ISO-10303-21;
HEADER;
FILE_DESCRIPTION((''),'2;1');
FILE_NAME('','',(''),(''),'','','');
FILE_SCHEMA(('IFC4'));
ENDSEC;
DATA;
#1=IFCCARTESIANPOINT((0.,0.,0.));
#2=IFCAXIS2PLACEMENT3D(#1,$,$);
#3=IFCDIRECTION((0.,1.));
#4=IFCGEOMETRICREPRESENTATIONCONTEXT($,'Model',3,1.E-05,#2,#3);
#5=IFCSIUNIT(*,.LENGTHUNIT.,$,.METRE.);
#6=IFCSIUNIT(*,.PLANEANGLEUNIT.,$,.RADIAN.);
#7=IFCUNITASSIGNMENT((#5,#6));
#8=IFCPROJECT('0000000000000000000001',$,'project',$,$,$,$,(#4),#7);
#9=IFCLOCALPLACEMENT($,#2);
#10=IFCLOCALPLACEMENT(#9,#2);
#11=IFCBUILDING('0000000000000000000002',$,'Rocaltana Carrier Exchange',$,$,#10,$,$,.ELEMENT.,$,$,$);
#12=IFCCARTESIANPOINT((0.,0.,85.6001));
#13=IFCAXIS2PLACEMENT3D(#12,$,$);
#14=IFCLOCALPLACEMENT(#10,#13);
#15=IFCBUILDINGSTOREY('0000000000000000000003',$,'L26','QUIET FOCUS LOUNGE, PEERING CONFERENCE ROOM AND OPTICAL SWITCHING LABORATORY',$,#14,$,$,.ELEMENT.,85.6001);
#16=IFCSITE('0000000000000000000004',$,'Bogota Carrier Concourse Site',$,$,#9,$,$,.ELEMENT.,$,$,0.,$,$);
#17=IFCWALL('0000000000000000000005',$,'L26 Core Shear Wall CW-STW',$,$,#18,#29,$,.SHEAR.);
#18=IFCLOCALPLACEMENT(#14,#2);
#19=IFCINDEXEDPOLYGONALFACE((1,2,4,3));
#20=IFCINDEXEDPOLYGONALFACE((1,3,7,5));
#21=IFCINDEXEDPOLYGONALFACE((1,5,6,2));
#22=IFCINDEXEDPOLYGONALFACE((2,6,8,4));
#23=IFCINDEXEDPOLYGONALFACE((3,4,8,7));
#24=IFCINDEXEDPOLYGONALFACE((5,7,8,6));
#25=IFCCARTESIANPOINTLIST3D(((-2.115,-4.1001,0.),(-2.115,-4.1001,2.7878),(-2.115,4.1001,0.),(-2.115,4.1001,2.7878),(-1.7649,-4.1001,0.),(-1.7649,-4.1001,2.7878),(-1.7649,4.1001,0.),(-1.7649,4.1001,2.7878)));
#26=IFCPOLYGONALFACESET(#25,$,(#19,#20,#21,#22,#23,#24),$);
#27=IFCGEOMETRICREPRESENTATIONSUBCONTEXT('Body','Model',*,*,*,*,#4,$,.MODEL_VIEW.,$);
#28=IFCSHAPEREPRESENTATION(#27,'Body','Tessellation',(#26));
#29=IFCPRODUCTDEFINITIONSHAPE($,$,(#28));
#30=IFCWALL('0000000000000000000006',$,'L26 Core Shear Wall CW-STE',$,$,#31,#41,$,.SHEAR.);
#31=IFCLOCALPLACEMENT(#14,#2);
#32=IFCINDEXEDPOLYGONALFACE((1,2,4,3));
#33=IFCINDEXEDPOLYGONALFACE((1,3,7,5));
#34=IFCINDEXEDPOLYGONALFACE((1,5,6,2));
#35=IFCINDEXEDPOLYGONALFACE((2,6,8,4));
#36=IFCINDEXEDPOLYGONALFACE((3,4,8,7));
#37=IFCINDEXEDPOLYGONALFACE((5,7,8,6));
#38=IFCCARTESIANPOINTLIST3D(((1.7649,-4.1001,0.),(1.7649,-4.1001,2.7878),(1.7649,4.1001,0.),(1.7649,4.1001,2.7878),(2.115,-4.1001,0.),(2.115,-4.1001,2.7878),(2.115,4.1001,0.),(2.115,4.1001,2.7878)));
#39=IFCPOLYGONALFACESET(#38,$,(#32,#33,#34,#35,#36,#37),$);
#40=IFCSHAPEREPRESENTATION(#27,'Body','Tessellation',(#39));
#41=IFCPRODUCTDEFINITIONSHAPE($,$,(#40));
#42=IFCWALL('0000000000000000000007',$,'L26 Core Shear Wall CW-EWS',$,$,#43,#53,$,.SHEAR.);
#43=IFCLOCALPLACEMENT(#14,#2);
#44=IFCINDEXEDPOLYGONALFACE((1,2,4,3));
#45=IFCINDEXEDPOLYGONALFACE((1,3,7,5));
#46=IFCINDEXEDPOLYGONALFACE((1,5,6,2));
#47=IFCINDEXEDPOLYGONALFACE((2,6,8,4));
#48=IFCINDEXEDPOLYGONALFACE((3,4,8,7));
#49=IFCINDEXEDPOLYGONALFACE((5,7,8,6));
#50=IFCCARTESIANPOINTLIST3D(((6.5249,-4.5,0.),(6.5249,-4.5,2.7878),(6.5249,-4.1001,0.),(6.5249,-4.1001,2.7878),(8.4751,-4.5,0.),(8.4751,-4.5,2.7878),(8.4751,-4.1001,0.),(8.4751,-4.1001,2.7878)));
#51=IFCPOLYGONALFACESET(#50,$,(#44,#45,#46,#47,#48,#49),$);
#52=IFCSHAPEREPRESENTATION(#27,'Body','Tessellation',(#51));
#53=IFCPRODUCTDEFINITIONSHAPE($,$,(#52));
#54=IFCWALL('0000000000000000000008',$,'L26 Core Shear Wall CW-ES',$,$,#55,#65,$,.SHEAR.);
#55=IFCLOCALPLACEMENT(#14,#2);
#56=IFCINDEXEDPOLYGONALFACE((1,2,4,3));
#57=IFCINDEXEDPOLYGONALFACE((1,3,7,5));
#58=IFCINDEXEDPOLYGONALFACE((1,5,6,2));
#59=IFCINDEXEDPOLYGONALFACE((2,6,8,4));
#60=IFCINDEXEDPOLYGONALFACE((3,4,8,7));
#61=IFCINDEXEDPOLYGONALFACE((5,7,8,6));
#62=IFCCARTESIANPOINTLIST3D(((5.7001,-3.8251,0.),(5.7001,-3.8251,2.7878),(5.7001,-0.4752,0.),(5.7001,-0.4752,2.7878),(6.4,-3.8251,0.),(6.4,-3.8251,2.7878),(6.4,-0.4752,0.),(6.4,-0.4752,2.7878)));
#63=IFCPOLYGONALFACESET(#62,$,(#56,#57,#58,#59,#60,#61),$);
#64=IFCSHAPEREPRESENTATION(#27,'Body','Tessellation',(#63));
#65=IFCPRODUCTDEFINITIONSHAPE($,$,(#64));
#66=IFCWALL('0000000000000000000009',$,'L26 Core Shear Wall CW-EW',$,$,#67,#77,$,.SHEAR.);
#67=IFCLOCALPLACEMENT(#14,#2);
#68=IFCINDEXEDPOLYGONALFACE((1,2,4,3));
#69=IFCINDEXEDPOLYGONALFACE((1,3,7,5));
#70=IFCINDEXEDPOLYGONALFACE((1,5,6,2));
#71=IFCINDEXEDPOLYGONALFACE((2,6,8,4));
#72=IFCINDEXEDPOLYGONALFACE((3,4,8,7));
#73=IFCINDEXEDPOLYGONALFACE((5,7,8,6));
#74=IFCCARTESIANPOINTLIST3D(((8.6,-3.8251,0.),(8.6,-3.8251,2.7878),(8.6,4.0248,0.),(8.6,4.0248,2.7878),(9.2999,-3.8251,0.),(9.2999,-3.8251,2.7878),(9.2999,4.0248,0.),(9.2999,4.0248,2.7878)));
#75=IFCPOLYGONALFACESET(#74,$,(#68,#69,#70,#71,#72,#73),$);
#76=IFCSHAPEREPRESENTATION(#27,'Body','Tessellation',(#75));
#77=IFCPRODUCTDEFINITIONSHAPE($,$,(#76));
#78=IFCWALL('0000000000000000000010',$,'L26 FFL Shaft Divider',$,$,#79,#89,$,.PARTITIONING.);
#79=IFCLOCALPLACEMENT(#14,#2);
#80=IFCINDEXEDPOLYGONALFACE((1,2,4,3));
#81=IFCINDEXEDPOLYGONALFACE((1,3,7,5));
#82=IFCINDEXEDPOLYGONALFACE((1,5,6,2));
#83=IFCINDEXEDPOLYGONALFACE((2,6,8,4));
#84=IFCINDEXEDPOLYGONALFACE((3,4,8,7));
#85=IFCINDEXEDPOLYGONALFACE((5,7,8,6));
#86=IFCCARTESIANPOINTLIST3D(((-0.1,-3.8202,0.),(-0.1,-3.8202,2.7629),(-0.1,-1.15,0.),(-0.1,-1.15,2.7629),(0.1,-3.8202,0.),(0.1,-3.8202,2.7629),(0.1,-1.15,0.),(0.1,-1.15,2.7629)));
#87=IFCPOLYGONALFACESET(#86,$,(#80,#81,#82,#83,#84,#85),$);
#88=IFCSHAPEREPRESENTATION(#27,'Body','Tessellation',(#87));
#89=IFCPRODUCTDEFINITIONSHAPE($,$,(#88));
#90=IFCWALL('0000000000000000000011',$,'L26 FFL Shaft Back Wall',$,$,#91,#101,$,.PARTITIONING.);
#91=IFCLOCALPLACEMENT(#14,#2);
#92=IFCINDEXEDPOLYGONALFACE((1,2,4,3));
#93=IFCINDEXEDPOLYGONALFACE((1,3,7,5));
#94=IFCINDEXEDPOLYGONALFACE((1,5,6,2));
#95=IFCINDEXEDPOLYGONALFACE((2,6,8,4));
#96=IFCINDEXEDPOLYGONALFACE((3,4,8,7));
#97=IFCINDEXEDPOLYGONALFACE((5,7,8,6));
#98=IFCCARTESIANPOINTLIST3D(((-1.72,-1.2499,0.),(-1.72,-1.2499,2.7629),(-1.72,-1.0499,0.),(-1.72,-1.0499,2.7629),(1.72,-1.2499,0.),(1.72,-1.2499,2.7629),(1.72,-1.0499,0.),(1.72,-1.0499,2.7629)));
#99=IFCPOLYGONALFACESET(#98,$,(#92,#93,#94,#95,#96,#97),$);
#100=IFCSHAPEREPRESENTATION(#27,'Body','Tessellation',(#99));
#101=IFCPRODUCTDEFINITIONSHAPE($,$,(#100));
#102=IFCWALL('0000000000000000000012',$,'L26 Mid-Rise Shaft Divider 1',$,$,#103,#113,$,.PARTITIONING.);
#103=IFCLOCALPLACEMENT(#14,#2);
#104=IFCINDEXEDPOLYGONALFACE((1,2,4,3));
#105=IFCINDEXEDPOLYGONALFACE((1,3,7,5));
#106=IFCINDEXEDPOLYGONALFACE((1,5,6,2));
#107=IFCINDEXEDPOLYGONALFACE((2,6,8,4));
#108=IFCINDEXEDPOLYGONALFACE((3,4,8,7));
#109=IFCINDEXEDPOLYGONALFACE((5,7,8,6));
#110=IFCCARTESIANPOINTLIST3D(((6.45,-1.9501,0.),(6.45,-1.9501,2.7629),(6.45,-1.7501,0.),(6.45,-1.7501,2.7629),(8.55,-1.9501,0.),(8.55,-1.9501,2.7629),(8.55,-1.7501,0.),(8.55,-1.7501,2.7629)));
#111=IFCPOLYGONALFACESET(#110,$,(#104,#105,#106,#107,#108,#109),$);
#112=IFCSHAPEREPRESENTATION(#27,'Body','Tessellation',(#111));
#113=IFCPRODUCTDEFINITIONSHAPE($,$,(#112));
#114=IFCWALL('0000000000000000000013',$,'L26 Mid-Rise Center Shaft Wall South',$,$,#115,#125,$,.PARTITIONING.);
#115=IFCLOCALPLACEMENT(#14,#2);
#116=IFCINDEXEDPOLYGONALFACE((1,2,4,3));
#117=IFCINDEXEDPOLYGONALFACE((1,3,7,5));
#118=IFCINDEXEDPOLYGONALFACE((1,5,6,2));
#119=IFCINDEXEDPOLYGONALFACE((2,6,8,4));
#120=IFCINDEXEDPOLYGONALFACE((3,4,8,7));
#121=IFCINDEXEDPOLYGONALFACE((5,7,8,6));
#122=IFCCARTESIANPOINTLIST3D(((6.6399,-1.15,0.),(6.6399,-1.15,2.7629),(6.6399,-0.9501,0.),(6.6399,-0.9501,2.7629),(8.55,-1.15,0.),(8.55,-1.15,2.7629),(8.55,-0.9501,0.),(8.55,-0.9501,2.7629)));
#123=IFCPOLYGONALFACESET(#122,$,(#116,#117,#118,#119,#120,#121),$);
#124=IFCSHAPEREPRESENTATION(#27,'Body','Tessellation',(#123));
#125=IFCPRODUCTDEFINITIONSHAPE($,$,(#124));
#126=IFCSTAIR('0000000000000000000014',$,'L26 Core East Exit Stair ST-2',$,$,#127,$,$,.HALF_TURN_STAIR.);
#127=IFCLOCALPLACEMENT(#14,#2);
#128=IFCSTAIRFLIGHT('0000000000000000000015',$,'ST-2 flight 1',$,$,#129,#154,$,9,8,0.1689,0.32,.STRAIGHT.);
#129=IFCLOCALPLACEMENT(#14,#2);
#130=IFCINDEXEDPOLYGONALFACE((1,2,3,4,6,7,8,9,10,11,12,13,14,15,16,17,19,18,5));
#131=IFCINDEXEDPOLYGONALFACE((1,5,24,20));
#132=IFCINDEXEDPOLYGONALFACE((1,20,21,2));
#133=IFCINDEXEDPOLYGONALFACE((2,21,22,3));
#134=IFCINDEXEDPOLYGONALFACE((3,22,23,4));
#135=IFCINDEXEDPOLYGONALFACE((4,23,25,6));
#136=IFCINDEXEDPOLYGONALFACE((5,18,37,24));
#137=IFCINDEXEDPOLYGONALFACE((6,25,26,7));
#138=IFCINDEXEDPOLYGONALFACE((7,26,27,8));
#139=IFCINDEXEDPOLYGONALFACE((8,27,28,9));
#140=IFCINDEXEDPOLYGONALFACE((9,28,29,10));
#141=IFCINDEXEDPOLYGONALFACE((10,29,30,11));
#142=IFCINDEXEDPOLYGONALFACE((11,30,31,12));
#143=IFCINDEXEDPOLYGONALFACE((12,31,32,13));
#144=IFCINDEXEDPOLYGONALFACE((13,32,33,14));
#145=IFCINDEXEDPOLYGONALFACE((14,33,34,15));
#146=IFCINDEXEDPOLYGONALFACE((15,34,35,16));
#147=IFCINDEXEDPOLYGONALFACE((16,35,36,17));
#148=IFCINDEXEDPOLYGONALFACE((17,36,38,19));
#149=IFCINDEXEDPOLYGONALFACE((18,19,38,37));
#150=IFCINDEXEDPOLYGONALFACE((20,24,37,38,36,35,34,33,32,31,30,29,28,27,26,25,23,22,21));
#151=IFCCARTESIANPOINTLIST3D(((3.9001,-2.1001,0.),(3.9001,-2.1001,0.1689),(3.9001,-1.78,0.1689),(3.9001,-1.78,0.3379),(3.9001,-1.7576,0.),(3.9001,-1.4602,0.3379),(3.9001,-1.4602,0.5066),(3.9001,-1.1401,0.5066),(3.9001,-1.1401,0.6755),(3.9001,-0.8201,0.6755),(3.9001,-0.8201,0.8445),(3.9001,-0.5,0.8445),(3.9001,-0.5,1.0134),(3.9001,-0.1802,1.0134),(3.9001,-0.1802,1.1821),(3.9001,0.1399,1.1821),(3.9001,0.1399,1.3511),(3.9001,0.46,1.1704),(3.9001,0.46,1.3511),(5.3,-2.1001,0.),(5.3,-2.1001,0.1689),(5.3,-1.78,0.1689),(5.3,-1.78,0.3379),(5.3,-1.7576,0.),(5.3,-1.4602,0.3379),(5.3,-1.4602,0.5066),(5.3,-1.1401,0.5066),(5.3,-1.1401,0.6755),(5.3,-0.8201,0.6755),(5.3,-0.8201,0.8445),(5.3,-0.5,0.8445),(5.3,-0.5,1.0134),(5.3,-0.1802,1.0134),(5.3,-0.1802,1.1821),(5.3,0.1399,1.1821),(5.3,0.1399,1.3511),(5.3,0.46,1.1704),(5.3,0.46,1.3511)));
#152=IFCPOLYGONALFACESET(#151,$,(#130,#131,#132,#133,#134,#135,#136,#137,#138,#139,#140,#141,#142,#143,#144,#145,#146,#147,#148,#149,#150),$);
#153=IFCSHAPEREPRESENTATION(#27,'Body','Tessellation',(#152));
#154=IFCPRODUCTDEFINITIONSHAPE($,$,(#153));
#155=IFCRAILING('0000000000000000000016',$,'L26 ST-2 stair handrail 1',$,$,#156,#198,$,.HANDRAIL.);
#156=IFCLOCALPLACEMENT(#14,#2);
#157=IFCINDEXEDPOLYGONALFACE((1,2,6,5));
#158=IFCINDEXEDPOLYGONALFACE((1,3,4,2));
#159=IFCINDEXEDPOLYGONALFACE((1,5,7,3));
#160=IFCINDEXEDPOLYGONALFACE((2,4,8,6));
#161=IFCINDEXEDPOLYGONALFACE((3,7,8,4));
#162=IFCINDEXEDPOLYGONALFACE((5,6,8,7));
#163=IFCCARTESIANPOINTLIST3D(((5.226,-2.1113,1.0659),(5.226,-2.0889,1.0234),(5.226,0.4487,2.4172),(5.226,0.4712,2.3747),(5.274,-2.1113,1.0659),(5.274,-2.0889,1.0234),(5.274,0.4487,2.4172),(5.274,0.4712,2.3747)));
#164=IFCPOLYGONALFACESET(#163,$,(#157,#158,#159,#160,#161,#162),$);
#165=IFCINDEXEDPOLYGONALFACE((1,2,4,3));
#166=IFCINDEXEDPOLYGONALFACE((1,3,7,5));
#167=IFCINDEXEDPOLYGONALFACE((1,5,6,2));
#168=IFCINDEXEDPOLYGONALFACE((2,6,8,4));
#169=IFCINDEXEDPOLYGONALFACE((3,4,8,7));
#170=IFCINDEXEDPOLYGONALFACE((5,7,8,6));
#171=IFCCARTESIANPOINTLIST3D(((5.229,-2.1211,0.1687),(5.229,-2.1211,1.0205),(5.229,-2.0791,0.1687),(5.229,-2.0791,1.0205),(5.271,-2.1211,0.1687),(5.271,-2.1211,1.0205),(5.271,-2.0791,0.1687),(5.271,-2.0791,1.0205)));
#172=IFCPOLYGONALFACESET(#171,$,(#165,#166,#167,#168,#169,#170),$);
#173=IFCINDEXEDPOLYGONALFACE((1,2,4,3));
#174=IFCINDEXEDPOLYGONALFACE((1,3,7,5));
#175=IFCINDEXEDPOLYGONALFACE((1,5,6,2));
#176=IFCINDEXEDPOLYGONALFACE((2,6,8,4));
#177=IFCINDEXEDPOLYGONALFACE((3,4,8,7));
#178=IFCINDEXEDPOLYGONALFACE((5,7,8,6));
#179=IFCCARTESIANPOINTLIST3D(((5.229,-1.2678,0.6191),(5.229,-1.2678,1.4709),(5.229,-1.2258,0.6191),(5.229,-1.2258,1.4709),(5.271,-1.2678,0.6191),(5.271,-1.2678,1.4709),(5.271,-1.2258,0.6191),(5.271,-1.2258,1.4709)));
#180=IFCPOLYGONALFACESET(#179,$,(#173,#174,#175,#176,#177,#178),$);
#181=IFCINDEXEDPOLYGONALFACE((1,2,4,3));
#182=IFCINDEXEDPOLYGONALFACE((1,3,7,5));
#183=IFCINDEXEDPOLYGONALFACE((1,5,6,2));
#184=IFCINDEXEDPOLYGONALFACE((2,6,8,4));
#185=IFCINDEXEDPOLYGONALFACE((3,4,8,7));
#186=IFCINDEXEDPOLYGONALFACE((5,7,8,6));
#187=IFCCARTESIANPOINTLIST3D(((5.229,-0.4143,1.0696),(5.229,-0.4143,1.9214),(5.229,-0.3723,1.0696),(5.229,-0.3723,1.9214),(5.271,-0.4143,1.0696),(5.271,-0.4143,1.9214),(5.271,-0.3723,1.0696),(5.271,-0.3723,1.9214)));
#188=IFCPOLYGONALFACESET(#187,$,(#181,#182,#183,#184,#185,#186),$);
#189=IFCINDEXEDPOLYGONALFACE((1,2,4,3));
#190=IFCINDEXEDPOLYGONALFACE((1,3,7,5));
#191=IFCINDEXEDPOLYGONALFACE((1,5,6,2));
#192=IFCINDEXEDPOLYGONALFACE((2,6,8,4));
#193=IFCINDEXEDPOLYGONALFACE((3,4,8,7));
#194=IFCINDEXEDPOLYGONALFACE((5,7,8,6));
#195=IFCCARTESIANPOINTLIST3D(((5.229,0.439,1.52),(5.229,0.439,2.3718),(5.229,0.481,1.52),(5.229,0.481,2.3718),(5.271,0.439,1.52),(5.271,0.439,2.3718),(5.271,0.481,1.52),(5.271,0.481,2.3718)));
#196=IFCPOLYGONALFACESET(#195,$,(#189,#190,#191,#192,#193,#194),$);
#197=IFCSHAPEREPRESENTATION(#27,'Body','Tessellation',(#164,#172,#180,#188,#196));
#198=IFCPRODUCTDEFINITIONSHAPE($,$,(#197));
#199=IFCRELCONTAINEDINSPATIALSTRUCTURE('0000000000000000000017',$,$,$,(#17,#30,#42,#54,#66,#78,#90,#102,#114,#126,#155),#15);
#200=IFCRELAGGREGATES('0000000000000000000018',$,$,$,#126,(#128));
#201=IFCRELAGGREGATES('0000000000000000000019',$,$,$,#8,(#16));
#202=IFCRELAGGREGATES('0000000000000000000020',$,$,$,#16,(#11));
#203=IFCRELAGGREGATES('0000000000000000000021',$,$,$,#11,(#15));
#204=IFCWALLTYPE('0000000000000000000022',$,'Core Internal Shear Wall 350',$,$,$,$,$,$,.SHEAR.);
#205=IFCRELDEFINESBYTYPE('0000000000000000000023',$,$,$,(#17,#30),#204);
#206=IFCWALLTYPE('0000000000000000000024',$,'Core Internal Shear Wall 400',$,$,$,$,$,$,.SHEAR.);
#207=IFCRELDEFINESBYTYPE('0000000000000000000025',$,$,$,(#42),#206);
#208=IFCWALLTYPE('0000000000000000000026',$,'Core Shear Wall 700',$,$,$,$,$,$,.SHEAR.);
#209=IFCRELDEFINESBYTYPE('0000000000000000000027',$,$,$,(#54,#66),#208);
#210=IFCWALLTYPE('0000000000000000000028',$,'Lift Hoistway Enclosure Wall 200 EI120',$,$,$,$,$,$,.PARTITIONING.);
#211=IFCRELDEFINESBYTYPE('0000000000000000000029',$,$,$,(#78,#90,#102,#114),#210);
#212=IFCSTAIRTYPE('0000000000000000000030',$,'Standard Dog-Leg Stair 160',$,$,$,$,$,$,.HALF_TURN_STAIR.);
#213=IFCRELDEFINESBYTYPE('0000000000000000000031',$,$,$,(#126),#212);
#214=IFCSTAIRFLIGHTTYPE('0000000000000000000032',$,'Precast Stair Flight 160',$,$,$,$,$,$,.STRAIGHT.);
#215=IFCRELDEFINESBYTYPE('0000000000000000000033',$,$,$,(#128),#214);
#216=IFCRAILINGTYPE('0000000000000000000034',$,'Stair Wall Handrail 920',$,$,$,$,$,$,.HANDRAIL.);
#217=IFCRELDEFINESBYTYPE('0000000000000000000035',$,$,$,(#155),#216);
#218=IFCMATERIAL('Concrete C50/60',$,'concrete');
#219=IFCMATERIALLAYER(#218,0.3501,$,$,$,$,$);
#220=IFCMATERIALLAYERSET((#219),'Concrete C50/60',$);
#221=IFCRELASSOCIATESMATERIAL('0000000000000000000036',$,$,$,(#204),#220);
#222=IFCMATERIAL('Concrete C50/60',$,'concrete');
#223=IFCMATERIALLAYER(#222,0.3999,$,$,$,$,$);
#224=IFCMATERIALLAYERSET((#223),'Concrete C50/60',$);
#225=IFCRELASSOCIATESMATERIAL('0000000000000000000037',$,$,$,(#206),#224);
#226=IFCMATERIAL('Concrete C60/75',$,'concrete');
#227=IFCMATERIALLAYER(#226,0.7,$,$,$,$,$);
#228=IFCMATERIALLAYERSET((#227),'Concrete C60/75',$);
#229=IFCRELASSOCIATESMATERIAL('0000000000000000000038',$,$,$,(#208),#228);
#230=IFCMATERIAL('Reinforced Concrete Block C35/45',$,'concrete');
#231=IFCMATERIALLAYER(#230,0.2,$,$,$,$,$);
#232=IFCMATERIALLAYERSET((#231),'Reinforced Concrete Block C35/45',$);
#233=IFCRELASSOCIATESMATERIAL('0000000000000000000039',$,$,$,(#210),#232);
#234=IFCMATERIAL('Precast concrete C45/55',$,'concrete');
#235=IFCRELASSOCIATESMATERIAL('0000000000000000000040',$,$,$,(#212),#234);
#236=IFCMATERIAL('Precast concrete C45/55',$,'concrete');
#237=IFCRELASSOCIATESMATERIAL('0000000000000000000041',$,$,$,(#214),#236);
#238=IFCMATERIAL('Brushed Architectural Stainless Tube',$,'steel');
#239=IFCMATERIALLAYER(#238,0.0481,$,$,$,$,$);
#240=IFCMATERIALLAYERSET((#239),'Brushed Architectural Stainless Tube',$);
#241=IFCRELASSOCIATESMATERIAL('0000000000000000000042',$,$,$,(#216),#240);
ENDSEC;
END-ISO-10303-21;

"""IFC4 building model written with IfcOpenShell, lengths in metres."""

from ifc_helpers import new_model, si_unit, direction, frame, frame_2d, origin, origin_2d, place, context, subcontext, project, spatial, polyline, rectangle, outline, extrude, material, layer, layer_set, type_object, element, aggregate, save


model = new_model("IFC4")

# Units and contexts
model_context = context("Model", 3, precision=1e-05, world=origin(), true_north=direction((0.0, 1.0)))
body_context = subcontext(model_context, "Body", "Model", "MODEL_VIEW")
ifc_project = project(units=[si_unit("LENGTHUNIT", "METRE"), si_unit("PLANEANGLEUNIT", "RADIAN")], contexts=[model_context])

# Site, building, storey
site_placement = place(None, origin())
site = spatial("IfcSite", under=ifc_project, at=site_placement, Name="Bogota Carrier Concourse Site", CompositionType="ELEMENT", RefElevation=0.0)
building_placement = place(site_placement, origin())
building = spatial("IfcBuilding", under=site, at=building_placement, Name="Rocaltana Carrier Exchange", CompositionType="ELEMENT")
storey_placement = place(building_placement, frame((0.0, 0.0, 85.6001)))
storey = spatial("IfcBuildingStorey", under=building, at=storey_placement, Name="L26", Description="QUIET FOCUS LOUNGE, PEERING CONFERENCE ROOM AND OPTICAL SWITCHING LABORATORY", CompositionType="ELEMENT", Elevation=85.6001)

# Walls
ifc_material_1 = material(Name="Concrete C50/60", Category="concrete")
ifc_layer_1 = layer(ifc_material_1, 0.3501)
ifc_layer_set_1 = layer_set([ifc_layer_1], Name="Concrete C50/60")
wall_type_1 = type_object("IfcWallType", Name="Core Internal Shear Wall 350", PredefinedType="SHEAR", material=ifc_layer_set_1)
for number, where, z_axis, x_axis, name in (
    (1, (-1.9399, -4.1001, 0.0), (0.0, 0.0, 1.0), (0.0, 1.0, 0.0), "L26 Core Shear Wall CW-STW"),
    (2, (1.9399, -4.1001, 0.0), (0.0, 0.0, 1.0), (0.0, 1.0, 0.0), "L26 Core Shear Wall CW-STE"),
):
    element("IfcWall", number, at=place(storey_placement, frame(where, z_axis=z_axis, x_axis=x_axis)), inside=storey, type_object=wall_type_1, Name=name, PredefinedType="SHEAR", context=body_context, shape_type="SweptSolid", body=[
        extrude(rectangle(XDim=8.2002, YDim=0.3501, at=frame_2d((4.1001, 0.0))), origin(), (0.0, 0.0, 1.0), 2.7878),
    ])
ifc_material_2 = material(Name="Concrete C50/60", Category="concrete")
ifc_layer_2 = layer(ifc_material_2, 0.3999)
ifc_layer_set_2 = layer_set([ifc_layer_2], Name="Concrete C50/60")
wall_type_2 = type_object("IfcWallType", Name="Core Internal Shear Wall 400", PredefinedType="SHEAR", material=ifc_layer_set_2)
wall_1_placement = place(storey_placement, frame((6.5249, -4.3, 0.0), z_axis=(0.0, 0.0, 1.0), x_axis=(1.0, 0.0, 0.0)))
element("IfcWall", 3, at=wall_1_placement, inside=storey, type_object=wall_type_2, Name="L26 Core Shear Wall CW-EWS", PredefinedType="SHEAR", context=body_context, shape_type="SweptSolid", body=[
    extrude(rectangle(XDim=1.9502, YDim=0.3999, at=frame_2d((0.9751, 0.0))), origin(), (0.0, 0.0, 1.0), 2.7878),
])
ifc_material_3 = material(Name="Concrete C60/75", Category="concrete")
ifc_layer_3 = layer(ifc_material_3, 0.7)
ifc_layer_set_3 = layer_set([ifc_layer_3], Name="Concrete C60/75")
wall_type_3 = type_object("IfcWallType", Name="Core Shear Wall 700", PredefinedType="SHEAR", material=ifc_layer_set_3)
wall_2_placement = place(storey_placement, frame((6.05, -3.825, 0.0), z_axis=(0.0, 0.0, 1.0), x_axis=(0.0, 1.0, 0.0)))
element("IfcWall", 4, at=wall_2_placement, inside=storey, type_object=wall_type_3, Name="L26 Core Shear Wall CW-ES", PredefinedType="SHEAR", context=body_context, shape_type="SweptSolid", body=[
    extrude(rectangle(XDim=3.3499, YDim=0.7, at=frame_2d((1.6748, 0.0))), origin(), (0.0, 0.0, 1.0), 2.7878),
])
wall_3_placement = place(storey_placement, frame((8.95, -3.825, 0.0), z_axis=(0.0, 0.0, 1.0), x_axis=(0.0, 1.0, 0.0)))
element("IfcWall", 5, at=wall_3_placement, inside=storey, type_object=wall_type_3, Name="L26 Core Shear Wall CW-EW", PredefinedType="SHEAR", context=body_context, shape_type="SweptSolid", body=[
    extrude(rectangle(XDim=7.8499, YDim=0.7, at=frame_2d((3.9248, 0.0))), origin(), (0.0, 0.0, 1.0), 2.7878),
])
ifc_material_4 = material(Name="Reinforced Concrete Block C35/45", Category="concrete")
ifc_layer_4 = layer(ifc_material_4, 0.2)
ifc_layer_set_4 = layer_set([ifc_layer_4], Name="Reinforced Concrete Block C35/45")
wall_type_4 = type_object("IfcWallType", Name="Lift Hoistway Enclosure Wall 200 EI120", PredefinedType="PARTITIONING", material=ifc_layer_set_4)
wall_4_placement = place(storey_placement, frame((0.0, -3.8201, 0.0), z_axis=(0.0, 0.0, 1.0), x_axis=(0.0, 1.0, 0.0)))
element("IfcWall", 6, at=wall_4_placement, inside=storey, type_object=wall_type_4, Name="L26 FFL Shaft Divider", PredefinedType="PARTITIONING", context=body_context, shape_type="SweptSolid", body=[
    extrude(rectangle(XDim=2.6702, YDim=0.2, at=frame_2d((1.335, 0.0))), origin(), (0.0, 0.0, 1.0), 2.7629),
])
wall_5_placement = place(storey_placement, frame((-1.72, -1.1499, 0.0), z_axis=(0.0, 0.0, 1.0), x_axis=(1.0, 0.0, 0.0)))
element("IfcWall", 7, at=wall_5_placement, inside=storey, type_object=wall_type_4, Name="L26 FFL Shaft Back Wall", PredefinedType="PARTITIONING", context=body_context, shape_type="SweptSolid", body=[
    extrude(rectangle(XDim=3.4399, YDim=0.2, at=frame_2d((1.72, 0.0))), origin(), (0.0, 0.0, 1.0), 2.7629),
])
wall_6_placement = place(storey_placement, frame((6.45, -1.8501, 0.0), z_axis=(0.0, 0.0, 1.0), x_axis=(1.0, 0.0, 0.0)))
element("IfcWall", 8, at=wall_6_placement, inside=storey, type_object=wall_type_4, Name="L26 Mid-Rise Shaft Divider 1", PredefinedType="PARTITIONING", context=body_context, shape_type="SweptSolid", body=[
    extrude(rectangle(XDim=2.1001, YDim=0.2, at=frame_2d((1.05, 0.0))), origin(), (0.0, 0.0, 1.0), 2.7629),
])
wall_7_placement = place(storey_placement, frame((6.6399, -1.05, 0.0), z_axis=(0.0, 0.0, 1.0), x_axis=(1.0, 0.0, 0.0)))
element("IfcWall", 9, at=wall_7_placement, inside=storey, type_object=wall_type_4, Name="L26 Mid-Rise Center Shaft Wall South", PredefinedType="PARTITIONING", context=body_context, shape_type="SweptSolid", body=[
    extrude(rectangle(XDim=1.9102, YDim=0.2, at=frame_2d((0.9551, 0.0))), origin(), (0.0, 0.0, 1.0), 2.7629),
])

# Stair, stair flight
ifc_material_5 = material(Name="Precast concrete C45/55", Category="concrete")
stair_type = type_object("IfcStairType", Name="Standard Dog-Leg Stair 160", PredefinedType="HALF_TURN_STAIR", material=ifc_material_5)
stair_placement = place(storey_placement, origin())
stair = element("IfcStair", 10, at=stair_placement, inside=storey, type_object=stair_type, Name="L26 Core East Exit Stair ST-2", PredefinedType="HALF_TURN_STAIR")
ifc_material_6 = material(Name="Precast concrete C45/55", Category="concrete")
stair_flight_type = type_object("IfcStairFlightType", Name="Precast Stair Flight 160", PredefinedType="STRAIGHT", material=ifc_material_6)
stair_flight_placement = place(storey_placement, frame((4.6001, -2.1001, 0.0), z_axis=(0.0, 0.0, 1.0), x_axis=(0.0, 1.0, 0.0)))
stair_flight = element("IfcStairFlight", 11, at=stair_flight_placement, type_object=stair_flight_type, Name="ST-2 flight 1", NumberOfRisers=9, NumberOfTreads=8, PredefinedType="STRAIGHT", RiserHeight=0.1689, TreadLength=0.32, context=body_context, shape_type="SweptSolid", body=[
    extrude(outline(polyline([(0.0, 0.0), (0.0, 0.1689), (0.3201, 0.1689), (0.3201, 0.3379), (0.6399, 0.3379), (0.6399, 0.5066), (0.96, 0.5066), (0.96, 0.6755), (1.28, 0.6755), (1.28, 0.8445), (1.6001, 0.8445), (1.6001, 1.0134), (1.9199, 1.0134), (1.9199, 1.1821), (2.24, 1.1821), (2.24, 1.3511), (2.5601, 1.3511), (2.5601, 1.52), (2.5601, 1.1704), (0.3425, 0.0), (0.0, 0.0)])), frame((0.0, 0.7, 0.0), z_axis=(0.0, -1.0, 0.0), x_axis=(1.0, 0.0, 0.0)), (0.0, 0.0, 1.0), 1.3999),
])
aggregate(stair, [stair_flight])

# Railing
ifc_material_7 = material(Name="Brushed Architectural Stainless Tube", Category="steel")
ifc_layer_5 = layer(ifc_material_7, 0.0481)
ifc_layer_set_5 = layer_set([ifc_layer_5], Name="Brushed Architectural Stainless Tube")
railing_type_1 = type_object("IfcRailingType", Name="Stair Wall Handrail 920", PredefinedType="HANDRAIL", material=ifc_layer_set_5)
railing_1_placement = place(storey_placement, frame((5.25, -2.1001, 0.1687)))
element("IfcRailing", 12, at=railing_1_placement, inside=storey, type_object=railing_type_1, Name="L26 ST-2 stair handrail 1", PredefinedType="HANDRAIL", context=body_context, shape_type="SweptSolid", body=[
    extrude(rectangle(XDim=0.0481, YDim=0.0481, at=origin_2d()), frame((0.0, 0.0, 0.876), z_axis=(0.0, 0.88436, 0.466806), x_axis=(-1.0, 0.0, 0.0)), (0.0, 0.0, 1.0), 2.8948),
    extrude(rectangle(XDim=0.042, YDim=0.042, at=origin_2d()), origin(), (0.0, 0.0, 1.0), 0.8518),
    extrude(rectangle(XDim=0.042, YDim=0.042, at=origin_2d()), frame((0.0, 0.8533, 0.4504)), (0.0, 0.0, 1.0), 0.8518),
    extrude(rectangle(XDim=0.042, YDim=0.042, at=origin_2d()), frame((0.0, 1.7068, 0.9009)), (0.0, 0.0, 1.0), 0.8518),
    extrude(rectangle(XDim=0.042, YDim=0.042, at=origin_2d()), frame((0.0, 2.5601, 1.3513)), (0.0, 0.0, 1.0), 0.8518),
])

save(model, "model.ifc")
